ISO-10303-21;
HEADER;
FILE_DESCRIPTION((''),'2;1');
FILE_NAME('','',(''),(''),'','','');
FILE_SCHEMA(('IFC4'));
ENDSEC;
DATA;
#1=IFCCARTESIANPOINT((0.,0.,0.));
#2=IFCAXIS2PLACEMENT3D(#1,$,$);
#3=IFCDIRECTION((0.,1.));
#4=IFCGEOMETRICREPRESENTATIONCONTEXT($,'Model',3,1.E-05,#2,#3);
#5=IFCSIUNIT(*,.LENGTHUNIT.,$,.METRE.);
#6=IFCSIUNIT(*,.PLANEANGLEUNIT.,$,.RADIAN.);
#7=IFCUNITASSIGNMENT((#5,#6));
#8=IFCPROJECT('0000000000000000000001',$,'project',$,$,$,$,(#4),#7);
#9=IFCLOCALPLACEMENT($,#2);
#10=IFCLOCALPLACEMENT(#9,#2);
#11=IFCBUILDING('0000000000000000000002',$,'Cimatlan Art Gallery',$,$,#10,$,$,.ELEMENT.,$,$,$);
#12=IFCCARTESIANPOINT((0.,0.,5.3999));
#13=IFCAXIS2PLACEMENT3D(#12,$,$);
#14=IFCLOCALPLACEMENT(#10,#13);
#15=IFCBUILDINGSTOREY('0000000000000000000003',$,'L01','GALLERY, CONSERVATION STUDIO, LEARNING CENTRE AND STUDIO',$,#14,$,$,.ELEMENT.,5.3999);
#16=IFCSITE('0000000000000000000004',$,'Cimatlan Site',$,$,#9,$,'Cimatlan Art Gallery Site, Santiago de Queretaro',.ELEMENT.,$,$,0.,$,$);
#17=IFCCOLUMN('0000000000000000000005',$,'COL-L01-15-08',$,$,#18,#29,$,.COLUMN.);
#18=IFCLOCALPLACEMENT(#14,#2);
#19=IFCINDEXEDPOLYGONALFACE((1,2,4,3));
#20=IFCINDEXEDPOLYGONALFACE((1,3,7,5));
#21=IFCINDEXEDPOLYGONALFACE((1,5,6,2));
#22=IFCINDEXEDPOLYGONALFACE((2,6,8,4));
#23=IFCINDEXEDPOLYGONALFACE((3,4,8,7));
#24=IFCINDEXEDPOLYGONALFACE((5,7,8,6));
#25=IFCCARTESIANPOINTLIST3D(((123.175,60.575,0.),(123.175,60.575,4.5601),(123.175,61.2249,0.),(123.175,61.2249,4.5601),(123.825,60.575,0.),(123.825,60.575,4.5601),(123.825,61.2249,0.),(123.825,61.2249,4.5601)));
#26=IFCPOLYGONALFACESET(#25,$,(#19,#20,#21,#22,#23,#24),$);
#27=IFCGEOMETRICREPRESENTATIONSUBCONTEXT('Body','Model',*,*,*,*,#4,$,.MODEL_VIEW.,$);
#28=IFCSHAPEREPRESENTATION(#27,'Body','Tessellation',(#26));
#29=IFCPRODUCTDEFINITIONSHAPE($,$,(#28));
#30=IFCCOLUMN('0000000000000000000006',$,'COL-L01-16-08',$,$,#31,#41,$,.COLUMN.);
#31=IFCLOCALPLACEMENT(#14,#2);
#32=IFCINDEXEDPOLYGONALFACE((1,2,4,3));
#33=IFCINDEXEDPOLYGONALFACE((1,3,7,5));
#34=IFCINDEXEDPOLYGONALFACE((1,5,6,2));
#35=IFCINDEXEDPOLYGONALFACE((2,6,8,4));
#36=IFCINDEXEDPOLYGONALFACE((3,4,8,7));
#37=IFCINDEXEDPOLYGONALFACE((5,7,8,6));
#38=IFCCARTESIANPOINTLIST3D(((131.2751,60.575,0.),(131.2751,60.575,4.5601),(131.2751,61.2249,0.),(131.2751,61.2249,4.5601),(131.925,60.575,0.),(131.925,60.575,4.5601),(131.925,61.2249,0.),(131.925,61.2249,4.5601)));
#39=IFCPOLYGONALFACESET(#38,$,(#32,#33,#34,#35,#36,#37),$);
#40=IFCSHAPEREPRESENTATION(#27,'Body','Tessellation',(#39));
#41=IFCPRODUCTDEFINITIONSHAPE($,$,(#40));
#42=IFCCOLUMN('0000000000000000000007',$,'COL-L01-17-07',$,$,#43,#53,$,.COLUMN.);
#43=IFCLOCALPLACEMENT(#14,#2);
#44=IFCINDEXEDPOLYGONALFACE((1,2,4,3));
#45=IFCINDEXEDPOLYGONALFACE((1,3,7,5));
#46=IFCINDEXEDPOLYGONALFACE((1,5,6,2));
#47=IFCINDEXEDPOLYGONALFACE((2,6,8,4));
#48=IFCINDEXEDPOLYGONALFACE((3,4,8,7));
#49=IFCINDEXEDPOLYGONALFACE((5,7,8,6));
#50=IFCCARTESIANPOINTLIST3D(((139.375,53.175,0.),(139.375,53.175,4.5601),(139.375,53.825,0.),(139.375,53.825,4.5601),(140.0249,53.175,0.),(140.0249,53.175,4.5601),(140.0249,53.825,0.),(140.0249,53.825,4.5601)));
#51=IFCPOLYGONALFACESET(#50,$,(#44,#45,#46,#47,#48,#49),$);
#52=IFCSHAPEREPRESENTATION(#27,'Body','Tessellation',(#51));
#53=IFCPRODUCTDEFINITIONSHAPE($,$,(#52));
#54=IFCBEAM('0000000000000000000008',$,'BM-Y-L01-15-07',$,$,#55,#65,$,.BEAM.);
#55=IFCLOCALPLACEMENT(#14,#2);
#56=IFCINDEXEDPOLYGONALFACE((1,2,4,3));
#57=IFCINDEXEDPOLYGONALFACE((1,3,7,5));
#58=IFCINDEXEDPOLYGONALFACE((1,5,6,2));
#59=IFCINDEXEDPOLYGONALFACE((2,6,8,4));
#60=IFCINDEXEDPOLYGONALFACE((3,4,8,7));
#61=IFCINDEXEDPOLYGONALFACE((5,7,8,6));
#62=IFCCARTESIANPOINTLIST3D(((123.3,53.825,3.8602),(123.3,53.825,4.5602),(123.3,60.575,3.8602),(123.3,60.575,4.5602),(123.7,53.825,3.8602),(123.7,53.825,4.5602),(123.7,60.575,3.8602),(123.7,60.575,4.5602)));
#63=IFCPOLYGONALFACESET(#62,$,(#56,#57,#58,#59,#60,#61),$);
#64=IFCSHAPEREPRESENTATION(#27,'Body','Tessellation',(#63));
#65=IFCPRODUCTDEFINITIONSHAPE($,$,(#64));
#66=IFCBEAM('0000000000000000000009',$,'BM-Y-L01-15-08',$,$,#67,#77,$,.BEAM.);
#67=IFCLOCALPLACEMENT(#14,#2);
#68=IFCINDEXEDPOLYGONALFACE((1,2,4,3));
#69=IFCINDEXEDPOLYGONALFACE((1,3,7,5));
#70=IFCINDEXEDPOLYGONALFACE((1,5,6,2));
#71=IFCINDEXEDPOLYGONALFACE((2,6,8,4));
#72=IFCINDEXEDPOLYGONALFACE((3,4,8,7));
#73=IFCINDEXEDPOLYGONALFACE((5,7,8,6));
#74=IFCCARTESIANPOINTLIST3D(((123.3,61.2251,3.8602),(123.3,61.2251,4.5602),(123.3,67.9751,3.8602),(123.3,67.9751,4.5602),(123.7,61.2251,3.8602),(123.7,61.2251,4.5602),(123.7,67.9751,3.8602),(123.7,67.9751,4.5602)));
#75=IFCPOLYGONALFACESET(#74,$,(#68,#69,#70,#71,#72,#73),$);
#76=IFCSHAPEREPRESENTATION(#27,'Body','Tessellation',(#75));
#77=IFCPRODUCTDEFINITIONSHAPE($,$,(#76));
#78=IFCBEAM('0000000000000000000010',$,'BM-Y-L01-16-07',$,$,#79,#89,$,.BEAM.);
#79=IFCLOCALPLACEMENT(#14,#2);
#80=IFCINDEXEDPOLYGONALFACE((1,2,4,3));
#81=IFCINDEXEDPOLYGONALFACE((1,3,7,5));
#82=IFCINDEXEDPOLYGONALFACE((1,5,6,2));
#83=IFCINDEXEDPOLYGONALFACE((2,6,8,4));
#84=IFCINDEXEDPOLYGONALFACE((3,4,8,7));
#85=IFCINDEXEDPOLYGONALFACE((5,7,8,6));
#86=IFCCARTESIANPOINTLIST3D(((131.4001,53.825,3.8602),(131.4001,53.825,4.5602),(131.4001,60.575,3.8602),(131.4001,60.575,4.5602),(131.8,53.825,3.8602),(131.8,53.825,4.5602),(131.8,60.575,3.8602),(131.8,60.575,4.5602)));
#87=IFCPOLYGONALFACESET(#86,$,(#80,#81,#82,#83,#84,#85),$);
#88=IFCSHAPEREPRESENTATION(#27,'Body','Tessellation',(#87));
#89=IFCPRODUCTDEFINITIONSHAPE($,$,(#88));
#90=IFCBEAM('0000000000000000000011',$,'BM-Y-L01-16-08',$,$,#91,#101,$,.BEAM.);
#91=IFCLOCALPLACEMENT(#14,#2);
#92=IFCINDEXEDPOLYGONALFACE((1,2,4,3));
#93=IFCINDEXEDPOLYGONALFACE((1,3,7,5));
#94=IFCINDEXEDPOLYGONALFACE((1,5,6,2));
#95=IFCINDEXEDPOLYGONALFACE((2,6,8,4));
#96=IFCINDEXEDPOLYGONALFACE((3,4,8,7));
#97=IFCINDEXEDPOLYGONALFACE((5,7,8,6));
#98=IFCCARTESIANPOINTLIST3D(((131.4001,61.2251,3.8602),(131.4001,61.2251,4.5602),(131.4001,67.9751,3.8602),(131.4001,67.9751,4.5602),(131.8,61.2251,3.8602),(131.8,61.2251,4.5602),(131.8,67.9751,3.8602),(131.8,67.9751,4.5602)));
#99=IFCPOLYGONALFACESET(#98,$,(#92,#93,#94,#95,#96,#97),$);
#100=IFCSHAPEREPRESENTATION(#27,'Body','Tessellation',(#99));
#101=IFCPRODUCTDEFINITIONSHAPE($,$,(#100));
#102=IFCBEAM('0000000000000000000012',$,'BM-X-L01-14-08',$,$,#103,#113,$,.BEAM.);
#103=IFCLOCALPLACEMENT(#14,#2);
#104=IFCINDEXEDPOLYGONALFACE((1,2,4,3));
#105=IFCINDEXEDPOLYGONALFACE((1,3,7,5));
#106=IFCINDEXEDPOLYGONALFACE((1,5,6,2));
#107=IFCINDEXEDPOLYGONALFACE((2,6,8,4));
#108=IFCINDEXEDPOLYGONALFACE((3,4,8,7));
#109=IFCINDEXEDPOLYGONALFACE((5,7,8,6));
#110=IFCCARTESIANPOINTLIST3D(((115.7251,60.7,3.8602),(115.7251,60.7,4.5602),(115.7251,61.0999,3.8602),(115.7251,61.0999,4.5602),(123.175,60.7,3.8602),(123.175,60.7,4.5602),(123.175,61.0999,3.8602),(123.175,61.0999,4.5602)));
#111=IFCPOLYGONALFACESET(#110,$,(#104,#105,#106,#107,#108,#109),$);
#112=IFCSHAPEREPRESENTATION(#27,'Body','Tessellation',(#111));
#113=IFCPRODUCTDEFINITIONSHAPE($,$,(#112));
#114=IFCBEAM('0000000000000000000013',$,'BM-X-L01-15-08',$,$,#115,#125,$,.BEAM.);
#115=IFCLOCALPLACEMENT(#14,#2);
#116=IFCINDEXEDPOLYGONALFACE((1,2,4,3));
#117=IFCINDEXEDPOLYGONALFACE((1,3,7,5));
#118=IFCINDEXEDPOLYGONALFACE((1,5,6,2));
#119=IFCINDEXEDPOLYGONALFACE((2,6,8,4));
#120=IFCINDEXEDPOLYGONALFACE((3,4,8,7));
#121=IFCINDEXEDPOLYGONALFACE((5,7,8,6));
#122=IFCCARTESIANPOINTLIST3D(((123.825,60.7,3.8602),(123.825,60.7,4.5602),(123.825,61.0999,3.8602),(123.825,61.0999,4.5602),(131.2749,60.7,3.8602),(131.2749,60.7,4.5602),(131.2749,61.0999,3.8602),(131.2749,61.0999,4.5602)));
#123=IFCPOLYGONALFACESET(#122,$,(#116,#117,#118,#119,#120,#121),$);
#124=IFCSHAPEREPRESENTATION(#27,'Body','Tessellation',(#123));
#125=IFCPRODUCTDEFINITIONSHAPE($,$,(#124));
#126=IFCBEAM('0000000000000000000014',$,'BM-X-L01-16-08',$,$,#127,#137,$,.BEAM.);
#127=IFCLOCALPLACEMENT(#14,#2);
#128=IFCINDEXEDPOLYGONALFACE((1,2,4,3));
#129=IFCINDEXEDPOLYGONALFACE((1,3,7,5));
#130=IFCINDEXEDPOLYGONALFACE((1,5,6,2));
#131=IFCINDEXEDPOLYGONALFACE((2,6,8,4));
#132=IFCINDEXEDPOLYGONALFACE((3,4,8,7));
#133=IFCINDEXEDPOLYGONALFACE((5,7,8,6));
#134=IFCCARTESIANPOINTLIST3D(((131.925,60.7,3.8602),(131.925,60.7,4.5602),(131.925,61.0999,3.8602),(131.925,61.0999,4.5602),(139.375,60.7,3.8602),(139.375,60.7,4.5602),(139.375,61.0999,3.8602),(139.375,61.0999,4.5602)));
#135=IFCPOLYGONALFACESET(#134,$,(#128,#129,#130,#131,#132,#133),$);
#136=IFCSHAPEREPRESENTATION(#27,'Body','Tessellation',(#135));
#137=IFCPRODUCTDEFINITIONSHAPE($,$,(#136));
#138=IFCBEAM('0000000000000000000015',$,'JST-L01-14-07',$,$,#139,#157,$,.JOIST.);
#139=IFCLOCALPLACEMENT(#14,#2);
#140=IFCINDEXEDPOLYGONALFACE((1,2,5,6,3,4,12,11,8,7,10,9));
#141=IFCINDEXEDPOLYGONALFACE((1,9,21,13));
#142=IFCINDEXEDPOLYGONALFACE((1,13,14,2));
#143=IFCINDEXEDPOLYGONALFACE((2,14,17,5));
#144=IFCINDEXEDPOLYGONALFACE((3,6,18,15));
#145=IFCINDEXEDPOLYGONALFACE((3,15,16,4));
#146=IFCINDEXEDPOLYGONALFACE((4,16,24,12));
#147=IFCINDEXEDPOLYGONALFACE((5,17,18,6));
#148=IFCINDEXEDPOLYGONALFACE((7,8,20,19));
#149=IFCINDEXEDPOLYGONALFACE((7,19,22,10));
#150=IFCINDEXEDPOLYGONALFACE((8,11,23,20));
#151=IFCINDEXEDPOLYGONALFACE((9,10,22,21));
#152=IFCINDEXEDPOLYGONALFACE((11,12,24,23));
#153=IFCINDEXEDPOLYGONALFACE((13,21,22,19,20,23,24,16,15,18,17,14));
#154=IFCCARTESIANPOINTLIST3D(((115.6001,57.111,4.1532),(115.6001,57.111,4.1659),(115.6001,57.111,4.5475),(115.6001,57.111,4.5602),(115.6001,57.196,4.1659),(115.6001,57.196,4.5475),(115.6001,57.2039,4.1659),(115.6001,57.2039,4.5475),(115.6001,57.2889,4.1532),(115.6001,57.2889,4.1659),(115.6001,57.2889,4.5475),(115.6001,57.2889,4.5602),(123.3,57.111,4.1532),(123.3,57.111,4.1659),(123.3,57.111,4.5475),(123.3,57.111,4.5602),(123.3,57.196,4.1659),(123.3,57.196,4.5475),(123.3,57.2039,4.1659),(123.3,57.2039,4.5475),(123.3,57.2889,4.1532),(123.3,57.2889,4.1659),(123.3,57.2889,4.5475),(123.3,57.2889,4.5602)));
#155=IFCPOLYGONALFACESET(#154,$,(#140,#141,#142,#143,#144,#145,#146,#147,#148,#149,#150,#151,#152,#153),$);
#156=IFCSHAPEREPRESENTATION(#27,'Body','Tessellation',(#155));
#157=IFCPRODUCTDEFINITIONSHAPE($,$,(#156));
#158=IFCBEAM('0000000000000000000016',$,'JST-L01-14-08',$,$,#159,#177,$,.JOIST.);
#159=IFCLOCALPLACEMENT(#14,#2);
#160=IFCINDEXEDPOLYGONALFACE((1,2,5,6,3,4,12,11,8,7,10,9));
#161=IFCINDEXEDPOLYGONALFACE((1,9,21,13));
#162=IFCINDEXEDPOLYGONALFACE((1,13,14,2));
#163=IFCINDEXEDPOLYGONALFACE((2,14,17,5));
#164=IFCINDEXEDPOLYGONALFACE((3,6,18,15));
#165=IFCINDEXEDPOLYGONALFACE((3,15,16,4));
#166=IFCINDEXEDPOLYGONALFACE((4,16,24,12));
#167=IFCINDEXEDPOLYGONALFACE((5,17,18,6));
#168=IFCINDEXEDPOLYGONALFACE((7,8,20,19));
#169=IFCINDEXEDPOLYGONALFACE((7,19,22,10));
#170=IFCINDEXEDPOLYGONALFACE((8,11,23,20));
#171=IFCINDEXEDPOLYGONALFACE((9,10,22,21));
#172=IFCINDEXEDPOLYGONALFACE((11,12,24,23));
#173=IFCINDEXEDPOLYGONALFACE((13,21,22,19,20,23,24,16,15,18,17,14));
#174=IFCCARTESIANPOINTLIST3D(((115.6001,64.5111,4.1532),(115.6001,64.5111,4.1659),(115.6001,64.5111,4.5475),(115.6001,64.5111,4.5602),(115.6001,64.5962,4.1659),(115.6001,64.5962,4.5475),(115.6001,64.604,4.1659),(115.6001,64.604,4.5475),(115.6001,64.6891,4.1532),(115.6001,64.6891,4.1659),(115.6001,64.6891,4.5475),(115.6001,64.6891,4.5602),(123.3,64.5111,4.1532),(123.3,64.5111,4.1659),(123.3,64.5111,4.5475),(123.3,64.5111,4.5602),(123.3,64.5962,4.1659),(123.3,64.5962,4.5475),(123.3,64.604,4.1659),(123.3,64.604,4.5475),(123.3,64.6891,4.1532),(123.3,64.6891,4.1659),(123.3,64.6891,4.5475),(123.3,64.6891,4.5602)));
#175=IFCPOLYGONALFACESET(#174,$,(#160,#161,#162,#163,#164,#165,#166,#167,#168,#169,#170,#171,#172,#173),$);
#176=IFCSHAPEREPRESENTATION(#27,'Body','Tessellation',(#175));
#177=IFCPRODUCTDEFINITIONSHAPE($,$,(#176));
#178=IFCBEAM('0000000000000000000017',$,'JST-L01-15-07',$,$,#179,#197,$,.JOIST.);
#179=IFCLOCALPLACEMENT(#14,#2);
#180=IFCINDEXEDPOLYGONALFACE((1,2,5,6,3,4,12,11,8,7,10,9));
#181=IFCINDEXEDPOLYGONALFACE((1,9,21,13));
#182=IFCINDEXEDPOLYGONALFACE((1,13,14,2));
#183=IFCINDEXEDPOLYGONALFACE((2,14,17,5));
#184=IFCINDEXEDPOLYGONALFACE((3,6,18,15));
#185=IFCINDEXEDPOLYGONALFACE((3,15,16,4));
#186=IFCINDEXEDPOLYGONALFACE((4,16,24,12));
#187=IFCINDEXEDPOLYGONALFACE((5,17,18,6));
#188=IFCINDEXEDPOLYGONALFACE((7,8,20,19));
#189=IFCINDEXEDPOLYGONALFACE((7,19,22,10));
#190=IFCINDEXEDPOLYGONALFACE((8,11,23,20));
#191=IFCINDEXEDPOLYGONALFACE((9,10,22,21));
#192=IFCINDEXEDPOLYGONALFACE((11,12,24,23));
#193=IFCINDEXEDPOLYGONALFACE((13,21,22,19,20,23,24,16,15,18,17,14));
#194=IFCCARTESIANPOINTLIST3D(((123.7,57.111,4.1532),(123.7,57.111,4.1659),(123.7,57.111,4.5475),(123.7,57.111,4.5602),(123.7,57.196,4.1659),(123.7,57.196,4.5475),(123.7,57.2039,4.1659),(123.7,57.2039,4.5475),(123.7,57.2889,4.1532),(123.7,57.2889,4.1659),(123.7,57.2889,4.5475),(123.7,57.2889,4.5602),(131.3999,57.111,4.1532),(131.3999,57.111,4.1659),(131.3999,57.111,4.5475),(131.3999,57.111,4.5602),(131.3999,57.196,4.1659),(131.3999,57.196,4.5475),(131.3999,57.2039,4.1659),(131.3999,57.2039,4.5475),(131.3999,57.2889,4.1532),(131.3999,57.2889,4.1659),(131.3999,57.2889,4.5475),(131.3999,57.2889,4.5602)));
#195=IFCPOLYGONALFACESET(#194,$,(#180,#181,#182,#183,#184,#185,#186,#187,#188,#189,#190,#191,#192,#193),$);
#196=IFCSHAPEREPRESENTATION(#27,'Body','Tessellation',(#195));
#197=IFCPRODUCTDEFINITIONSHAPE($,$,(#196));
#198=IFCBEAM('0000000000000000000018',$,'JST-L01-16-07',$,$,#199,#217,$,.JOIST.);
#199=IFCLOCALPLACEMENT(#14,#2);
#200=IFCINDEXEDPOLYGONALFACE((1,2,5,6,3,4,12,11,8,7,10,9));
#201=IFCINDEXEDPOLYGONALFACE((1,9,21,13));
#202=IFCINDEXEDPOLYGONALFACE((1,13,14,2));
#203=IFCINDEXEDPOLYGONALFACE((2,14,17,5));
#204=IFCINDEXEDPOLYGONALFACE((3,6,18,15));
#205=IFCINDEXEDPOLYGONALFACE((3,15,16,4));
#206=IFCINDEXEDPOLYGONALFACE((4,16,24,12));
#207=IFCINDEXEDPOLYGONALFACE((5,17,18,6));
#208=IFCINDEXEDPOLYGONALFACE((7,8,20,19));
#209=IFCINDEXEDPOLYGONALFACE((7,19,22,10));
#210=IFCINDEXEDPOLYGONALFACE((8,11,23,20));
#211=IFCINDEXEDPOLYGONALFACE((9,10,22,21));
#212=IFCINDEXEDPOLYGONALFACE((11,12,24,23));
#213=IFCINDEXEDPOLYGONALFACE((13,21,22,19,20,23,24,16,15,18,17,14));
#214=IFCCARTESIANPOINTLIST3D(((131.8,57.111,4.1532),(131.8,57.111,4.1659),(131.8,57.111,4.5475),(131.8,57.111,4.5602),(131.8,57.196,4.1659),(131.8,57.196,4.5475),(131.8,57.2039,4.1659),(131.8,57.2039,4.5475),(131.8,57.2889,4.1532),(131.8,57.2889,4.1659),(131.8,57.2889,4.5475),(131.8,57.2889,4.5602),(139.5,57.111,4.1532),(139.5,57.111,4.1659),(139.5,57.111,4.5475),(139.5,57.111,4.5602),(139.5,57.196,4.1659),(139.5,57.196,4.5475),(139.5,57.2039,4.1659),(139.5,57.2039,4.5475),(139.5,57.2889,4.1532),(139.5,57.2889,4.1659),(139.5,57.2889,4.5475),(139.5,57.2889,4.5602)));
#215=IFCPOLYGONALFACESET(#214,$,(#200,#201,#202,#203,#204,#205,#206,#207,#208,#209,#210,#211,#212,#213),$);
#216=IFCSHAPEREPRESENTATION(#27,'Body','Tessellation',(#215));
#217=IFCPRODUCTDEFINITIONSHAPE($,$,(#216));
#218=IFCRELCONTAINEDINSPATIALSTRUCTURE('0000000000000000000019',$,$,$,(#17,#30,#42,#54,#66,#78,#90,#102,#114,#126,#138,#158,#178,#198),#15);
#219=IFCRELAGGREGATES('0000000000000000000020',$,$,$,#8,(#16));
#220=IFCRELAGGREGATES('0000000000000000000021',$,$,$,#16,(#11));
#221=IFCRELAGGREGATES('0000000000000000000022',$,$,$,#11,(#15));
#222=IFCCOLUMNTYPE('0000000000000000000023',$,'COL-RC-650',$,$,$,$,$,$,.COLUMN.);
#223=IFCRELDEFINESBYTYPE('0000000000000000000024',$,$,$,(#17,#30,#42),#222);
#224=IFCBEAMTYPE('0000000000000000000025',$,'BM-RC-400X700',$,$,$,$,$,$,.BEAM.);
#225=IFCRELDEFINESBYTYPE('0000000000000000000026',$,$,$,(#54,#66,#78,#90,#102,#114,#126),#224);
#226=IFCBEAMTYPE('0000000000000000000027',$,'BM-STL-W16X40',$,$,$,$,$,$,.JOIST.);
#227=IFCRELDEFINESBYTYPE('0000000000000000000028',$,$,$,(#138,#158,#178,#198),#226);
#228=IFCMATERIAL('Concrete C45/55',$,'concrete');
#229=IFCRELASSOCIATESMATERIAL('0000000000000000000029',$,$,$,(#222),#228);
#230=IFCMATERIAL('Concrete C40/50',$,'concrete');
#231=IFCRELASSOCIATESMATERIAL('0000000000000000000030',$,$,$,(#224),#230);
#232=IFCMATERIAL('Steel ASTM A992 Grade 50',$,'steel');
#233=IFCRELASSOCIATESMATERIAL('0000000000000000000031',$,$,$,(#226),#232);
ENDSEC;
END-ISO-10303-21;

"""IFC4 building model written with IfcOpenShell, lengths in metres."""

from ifc_helpers import new_model, si_unit, direction, frame, origin, origin_2d, place, context, subcontext, project, spatial, rectangle, i_section, extrude, material, material_profile, profile_set, type_object, element, save


model = new_model("IFC4")

# Units and contexts
model_context = context("Model", 3, precision=1e-05, world=origin(), true_north=direction((0.0, 1.0)))
body_context = subcontext(model_context, "Body", "Model", "MODEL_VIEW")
ifc_project = project(units=[si_unit("LENGTHUNIT", "METRE"), si_unit("PLANEANGLEUNIT", "RADIAN")], contexts=[model_context])

# Site, building, storey
site_placement = place(None, origin())
site = spatial("IfcSite", under=ifc_project, at=site_placement, Name="Cimatlan Site", LongName="Cimatlan Art Gallery Site, Santiago de Queretaro", CompositionType="ELEMENT", RefElevation=0.0)
building_placement = place(site_placement, origin())
building = spatial("IfcBuilding", under=site, at=building_placement, Name="Cimatlan Art Gallery", CompositionType="ELEMENT")
storey_placement = place(building_placement, frame((0.0, 0.0, 5.3999)))
storey = spatial("IfcBuildingStorey", under=building, at=storey_placement, Name="L01", Description="GALLERY, CONSERVATION STUDIO, LEARNING CENTRE AND STUDIO", CompositionType="ELEMENT", Elevation=5.3999)

# Columns
ifc_material_1 = material(Name="Concrete C45/55", Category="concrete")
ifc_material_profile_1 = material_profile(ifc_material_1, rectangle(XDim=0.6499, YDim=0.6499, at=origin_2d()), Name="RC650X650")
ifc_profile_set_1 = profile_set([ifc_material_profile_1], Name="Concrete C45/55")
column_type = type_object("IfcColumnType", Name="COL-RC-650", PredefinedType="COLUMN", material=ifc_profile_set_1)
for number, where, z_axis, x_axis, name in (
    (1, (123.5, 60.8999, 0.0), (0.0, 0.0, 1.0), (1.0, 0.0, 0.0), "COL-L01-15-08"),
    (2, (131.6001, 60.8999, 0.0), (0.0, 0.0, 1.0), (1.0, 0.0, 0.0), "COL-L01-16-08"),
    (3, (139.7, 53.5, 0.0), (0.0, 0.0, 1.0), (1.0, 0.0, 0.0), "COL-L01-17-07"),
):
    element("IfcColumn", number, at=place(storey_placement, frame(where, z_axis=z_axis, x_axis=x_axis)), inside=storey, type_object=column_type, Name=name, PredefinedType="COLUMN", context=body_context, shape_type="SweptSolid", body=[
        extrude(rectangle(XDim=0.6499, YDim=0.6499, at=origin_2d()), origin(), (0.0, 0.0, 1.0), 4.5601),
    ])

# Beams
ifc_material_2 = material(Name="Concrete C40/50", Category="concrete")
ifc_material_profile_2 = material_profile(ifc_material_2, rectangle(XDim=0.3999, YDim=0.7, at=origin_2d()), Name="RC400X700")
ifc_profile_set_2 = profile_set([ifc_material_profile_2], Name="Concrete C40/50")
beam_type_1 = type_object("IfcBeamType", Name="BM-RC-400X700", PredefinedType="BEAM", material=ifc_profile_set_2)
for number, where, z_axis, x_axis, name in (
    (4, (123.5, 53.825, 4.2102), (0.0, 1.0, 0.0), (-1.0, 0.0, 0.0), "BM-Y-L01-15-07"),
    (5, (123.5, 61.2251, 4.2102), (0.0, 1.0, 0.0), (-1.0, 0.0, 0.0), "BM-Y-L01-15-08"),
    (6, (131.6001, 53.825, 4.2102), (0.0, 1.0, 0.0), (-1.0, 0.0, 0.0), "BM-Y-L01-16-07"),
    (7, (131.6001, 61.2251, 4.2102), (0.0, 1.0, 0.0), (-1.0, 0.0, 0.0), "BM-Y-L01-16-08"),
):
    element("IfcBeam", number, at=place(storey_placement, frame(where, z_axis=z_axis, x_axis=x_axis)), inside=storey, type_object=beam_type_1, Name=name, PredefinedType="BEAM", context=body_context, shape_type="SweptSolid", body=[
        extrude(rectangle(XDim=0.3999, YDim=0.7, at=origin_2d()), origin(), (0.0, 0.0, 1.0), 6.75),
    ])
for number, where, z_axis, x_axis, name in (
    (8, (115.7251, 60.8999, 4.2102), (1.0, 0.0, 0.0), (0.0, 1.0, 0.0), "BM-X-L01-14-08"),
    (9, (123.825, 60.8999, 4.2102), (1.0, 0.0, 0.0), (0.0, 1.0, 0.0), "BM-X-L01-15-08"),
    (10, (131.925, 60.8999, 4.2102), (1.0, 0.0, 0.0), (0.0, 1.0, 0.0), "BM-X-L01-16-08"),
):
    element("IfcBeam", number, at=place(storey_placement, frame(where, z_axis=z_axis, x_axis=x_axis)), inside=storey, type_object=beam_type_1, Name=name, PredefinedType="BEAM", context=body_context, shape_type="SweptSolid", body=[
        extrude(rectangle(XDim=0.3999, YDim=0.7, at=origin_2d()), origin(), (0.0, 0.0, 1.0), 7.45),
    ])
ifc_material_3 = material(Name="Steel ASTM A992 Grade 50", Category="steel")
ifc_material_profile_3 = material_profile(ifc_material_3, i_section(OverallWidth=0.178, OverallDepth=0.407, WebThickness=0.0078, FlangeThickness=0.0127, at=origin_2d()), Name="W16X40")
ifc_profile_set_3 = profile_set([ifc_material_profile_3], Name="Steel ASTM A992 Grade 50")
beam_type_2 = type_object("IfcBeamType", Name="BM-STL-W16X40", PredefinedType="JOIST", material=ifc_profile_set_3)
for number, where, z_axis, x_axis, name in (
    (11, (115.6001, 57.2, 4.3567), (1.0, 0.0, 0.0), (0.0, 1.0, 0.0), "JST-L01-14-07"),
    (12, (115.6001, 64.6001, 4.3567), (1.0, 0.0, 0.0), (0.0, 1.0, 0.0), "JST-L01-14-08"),
    (13, (123.7, 57.2, 4.3567), (1.0, 0.0, 0.0), (0.0, 1.0, 0.0), "JST-L01-15-07"),
    (14, (131.8, 57.2, 4.3567), (1.0, 0.0, 0.0), (0.0, 1.0, 0.0), "JST-L01-16-07"),
):
    element("IfcBeam", number, at=place(storey_placement, frame(where, z_axis=z_axis, x_axis=x_axis)), inside=storey, type_object=beam_type_2, Name=name, PredefinedType="JOIST", context=body_context, shape_type="SweptSolid", body=[
        extrude(i_section(OverallWidth=0.178, OverallDepth=0.407, WebThickness=0.0078, FlangeThickness=0.0127, at=origin_2d()), origin(), (0.0, 0.0, 1.0), 7.7),
    ])

save(model, "model.ifc")
